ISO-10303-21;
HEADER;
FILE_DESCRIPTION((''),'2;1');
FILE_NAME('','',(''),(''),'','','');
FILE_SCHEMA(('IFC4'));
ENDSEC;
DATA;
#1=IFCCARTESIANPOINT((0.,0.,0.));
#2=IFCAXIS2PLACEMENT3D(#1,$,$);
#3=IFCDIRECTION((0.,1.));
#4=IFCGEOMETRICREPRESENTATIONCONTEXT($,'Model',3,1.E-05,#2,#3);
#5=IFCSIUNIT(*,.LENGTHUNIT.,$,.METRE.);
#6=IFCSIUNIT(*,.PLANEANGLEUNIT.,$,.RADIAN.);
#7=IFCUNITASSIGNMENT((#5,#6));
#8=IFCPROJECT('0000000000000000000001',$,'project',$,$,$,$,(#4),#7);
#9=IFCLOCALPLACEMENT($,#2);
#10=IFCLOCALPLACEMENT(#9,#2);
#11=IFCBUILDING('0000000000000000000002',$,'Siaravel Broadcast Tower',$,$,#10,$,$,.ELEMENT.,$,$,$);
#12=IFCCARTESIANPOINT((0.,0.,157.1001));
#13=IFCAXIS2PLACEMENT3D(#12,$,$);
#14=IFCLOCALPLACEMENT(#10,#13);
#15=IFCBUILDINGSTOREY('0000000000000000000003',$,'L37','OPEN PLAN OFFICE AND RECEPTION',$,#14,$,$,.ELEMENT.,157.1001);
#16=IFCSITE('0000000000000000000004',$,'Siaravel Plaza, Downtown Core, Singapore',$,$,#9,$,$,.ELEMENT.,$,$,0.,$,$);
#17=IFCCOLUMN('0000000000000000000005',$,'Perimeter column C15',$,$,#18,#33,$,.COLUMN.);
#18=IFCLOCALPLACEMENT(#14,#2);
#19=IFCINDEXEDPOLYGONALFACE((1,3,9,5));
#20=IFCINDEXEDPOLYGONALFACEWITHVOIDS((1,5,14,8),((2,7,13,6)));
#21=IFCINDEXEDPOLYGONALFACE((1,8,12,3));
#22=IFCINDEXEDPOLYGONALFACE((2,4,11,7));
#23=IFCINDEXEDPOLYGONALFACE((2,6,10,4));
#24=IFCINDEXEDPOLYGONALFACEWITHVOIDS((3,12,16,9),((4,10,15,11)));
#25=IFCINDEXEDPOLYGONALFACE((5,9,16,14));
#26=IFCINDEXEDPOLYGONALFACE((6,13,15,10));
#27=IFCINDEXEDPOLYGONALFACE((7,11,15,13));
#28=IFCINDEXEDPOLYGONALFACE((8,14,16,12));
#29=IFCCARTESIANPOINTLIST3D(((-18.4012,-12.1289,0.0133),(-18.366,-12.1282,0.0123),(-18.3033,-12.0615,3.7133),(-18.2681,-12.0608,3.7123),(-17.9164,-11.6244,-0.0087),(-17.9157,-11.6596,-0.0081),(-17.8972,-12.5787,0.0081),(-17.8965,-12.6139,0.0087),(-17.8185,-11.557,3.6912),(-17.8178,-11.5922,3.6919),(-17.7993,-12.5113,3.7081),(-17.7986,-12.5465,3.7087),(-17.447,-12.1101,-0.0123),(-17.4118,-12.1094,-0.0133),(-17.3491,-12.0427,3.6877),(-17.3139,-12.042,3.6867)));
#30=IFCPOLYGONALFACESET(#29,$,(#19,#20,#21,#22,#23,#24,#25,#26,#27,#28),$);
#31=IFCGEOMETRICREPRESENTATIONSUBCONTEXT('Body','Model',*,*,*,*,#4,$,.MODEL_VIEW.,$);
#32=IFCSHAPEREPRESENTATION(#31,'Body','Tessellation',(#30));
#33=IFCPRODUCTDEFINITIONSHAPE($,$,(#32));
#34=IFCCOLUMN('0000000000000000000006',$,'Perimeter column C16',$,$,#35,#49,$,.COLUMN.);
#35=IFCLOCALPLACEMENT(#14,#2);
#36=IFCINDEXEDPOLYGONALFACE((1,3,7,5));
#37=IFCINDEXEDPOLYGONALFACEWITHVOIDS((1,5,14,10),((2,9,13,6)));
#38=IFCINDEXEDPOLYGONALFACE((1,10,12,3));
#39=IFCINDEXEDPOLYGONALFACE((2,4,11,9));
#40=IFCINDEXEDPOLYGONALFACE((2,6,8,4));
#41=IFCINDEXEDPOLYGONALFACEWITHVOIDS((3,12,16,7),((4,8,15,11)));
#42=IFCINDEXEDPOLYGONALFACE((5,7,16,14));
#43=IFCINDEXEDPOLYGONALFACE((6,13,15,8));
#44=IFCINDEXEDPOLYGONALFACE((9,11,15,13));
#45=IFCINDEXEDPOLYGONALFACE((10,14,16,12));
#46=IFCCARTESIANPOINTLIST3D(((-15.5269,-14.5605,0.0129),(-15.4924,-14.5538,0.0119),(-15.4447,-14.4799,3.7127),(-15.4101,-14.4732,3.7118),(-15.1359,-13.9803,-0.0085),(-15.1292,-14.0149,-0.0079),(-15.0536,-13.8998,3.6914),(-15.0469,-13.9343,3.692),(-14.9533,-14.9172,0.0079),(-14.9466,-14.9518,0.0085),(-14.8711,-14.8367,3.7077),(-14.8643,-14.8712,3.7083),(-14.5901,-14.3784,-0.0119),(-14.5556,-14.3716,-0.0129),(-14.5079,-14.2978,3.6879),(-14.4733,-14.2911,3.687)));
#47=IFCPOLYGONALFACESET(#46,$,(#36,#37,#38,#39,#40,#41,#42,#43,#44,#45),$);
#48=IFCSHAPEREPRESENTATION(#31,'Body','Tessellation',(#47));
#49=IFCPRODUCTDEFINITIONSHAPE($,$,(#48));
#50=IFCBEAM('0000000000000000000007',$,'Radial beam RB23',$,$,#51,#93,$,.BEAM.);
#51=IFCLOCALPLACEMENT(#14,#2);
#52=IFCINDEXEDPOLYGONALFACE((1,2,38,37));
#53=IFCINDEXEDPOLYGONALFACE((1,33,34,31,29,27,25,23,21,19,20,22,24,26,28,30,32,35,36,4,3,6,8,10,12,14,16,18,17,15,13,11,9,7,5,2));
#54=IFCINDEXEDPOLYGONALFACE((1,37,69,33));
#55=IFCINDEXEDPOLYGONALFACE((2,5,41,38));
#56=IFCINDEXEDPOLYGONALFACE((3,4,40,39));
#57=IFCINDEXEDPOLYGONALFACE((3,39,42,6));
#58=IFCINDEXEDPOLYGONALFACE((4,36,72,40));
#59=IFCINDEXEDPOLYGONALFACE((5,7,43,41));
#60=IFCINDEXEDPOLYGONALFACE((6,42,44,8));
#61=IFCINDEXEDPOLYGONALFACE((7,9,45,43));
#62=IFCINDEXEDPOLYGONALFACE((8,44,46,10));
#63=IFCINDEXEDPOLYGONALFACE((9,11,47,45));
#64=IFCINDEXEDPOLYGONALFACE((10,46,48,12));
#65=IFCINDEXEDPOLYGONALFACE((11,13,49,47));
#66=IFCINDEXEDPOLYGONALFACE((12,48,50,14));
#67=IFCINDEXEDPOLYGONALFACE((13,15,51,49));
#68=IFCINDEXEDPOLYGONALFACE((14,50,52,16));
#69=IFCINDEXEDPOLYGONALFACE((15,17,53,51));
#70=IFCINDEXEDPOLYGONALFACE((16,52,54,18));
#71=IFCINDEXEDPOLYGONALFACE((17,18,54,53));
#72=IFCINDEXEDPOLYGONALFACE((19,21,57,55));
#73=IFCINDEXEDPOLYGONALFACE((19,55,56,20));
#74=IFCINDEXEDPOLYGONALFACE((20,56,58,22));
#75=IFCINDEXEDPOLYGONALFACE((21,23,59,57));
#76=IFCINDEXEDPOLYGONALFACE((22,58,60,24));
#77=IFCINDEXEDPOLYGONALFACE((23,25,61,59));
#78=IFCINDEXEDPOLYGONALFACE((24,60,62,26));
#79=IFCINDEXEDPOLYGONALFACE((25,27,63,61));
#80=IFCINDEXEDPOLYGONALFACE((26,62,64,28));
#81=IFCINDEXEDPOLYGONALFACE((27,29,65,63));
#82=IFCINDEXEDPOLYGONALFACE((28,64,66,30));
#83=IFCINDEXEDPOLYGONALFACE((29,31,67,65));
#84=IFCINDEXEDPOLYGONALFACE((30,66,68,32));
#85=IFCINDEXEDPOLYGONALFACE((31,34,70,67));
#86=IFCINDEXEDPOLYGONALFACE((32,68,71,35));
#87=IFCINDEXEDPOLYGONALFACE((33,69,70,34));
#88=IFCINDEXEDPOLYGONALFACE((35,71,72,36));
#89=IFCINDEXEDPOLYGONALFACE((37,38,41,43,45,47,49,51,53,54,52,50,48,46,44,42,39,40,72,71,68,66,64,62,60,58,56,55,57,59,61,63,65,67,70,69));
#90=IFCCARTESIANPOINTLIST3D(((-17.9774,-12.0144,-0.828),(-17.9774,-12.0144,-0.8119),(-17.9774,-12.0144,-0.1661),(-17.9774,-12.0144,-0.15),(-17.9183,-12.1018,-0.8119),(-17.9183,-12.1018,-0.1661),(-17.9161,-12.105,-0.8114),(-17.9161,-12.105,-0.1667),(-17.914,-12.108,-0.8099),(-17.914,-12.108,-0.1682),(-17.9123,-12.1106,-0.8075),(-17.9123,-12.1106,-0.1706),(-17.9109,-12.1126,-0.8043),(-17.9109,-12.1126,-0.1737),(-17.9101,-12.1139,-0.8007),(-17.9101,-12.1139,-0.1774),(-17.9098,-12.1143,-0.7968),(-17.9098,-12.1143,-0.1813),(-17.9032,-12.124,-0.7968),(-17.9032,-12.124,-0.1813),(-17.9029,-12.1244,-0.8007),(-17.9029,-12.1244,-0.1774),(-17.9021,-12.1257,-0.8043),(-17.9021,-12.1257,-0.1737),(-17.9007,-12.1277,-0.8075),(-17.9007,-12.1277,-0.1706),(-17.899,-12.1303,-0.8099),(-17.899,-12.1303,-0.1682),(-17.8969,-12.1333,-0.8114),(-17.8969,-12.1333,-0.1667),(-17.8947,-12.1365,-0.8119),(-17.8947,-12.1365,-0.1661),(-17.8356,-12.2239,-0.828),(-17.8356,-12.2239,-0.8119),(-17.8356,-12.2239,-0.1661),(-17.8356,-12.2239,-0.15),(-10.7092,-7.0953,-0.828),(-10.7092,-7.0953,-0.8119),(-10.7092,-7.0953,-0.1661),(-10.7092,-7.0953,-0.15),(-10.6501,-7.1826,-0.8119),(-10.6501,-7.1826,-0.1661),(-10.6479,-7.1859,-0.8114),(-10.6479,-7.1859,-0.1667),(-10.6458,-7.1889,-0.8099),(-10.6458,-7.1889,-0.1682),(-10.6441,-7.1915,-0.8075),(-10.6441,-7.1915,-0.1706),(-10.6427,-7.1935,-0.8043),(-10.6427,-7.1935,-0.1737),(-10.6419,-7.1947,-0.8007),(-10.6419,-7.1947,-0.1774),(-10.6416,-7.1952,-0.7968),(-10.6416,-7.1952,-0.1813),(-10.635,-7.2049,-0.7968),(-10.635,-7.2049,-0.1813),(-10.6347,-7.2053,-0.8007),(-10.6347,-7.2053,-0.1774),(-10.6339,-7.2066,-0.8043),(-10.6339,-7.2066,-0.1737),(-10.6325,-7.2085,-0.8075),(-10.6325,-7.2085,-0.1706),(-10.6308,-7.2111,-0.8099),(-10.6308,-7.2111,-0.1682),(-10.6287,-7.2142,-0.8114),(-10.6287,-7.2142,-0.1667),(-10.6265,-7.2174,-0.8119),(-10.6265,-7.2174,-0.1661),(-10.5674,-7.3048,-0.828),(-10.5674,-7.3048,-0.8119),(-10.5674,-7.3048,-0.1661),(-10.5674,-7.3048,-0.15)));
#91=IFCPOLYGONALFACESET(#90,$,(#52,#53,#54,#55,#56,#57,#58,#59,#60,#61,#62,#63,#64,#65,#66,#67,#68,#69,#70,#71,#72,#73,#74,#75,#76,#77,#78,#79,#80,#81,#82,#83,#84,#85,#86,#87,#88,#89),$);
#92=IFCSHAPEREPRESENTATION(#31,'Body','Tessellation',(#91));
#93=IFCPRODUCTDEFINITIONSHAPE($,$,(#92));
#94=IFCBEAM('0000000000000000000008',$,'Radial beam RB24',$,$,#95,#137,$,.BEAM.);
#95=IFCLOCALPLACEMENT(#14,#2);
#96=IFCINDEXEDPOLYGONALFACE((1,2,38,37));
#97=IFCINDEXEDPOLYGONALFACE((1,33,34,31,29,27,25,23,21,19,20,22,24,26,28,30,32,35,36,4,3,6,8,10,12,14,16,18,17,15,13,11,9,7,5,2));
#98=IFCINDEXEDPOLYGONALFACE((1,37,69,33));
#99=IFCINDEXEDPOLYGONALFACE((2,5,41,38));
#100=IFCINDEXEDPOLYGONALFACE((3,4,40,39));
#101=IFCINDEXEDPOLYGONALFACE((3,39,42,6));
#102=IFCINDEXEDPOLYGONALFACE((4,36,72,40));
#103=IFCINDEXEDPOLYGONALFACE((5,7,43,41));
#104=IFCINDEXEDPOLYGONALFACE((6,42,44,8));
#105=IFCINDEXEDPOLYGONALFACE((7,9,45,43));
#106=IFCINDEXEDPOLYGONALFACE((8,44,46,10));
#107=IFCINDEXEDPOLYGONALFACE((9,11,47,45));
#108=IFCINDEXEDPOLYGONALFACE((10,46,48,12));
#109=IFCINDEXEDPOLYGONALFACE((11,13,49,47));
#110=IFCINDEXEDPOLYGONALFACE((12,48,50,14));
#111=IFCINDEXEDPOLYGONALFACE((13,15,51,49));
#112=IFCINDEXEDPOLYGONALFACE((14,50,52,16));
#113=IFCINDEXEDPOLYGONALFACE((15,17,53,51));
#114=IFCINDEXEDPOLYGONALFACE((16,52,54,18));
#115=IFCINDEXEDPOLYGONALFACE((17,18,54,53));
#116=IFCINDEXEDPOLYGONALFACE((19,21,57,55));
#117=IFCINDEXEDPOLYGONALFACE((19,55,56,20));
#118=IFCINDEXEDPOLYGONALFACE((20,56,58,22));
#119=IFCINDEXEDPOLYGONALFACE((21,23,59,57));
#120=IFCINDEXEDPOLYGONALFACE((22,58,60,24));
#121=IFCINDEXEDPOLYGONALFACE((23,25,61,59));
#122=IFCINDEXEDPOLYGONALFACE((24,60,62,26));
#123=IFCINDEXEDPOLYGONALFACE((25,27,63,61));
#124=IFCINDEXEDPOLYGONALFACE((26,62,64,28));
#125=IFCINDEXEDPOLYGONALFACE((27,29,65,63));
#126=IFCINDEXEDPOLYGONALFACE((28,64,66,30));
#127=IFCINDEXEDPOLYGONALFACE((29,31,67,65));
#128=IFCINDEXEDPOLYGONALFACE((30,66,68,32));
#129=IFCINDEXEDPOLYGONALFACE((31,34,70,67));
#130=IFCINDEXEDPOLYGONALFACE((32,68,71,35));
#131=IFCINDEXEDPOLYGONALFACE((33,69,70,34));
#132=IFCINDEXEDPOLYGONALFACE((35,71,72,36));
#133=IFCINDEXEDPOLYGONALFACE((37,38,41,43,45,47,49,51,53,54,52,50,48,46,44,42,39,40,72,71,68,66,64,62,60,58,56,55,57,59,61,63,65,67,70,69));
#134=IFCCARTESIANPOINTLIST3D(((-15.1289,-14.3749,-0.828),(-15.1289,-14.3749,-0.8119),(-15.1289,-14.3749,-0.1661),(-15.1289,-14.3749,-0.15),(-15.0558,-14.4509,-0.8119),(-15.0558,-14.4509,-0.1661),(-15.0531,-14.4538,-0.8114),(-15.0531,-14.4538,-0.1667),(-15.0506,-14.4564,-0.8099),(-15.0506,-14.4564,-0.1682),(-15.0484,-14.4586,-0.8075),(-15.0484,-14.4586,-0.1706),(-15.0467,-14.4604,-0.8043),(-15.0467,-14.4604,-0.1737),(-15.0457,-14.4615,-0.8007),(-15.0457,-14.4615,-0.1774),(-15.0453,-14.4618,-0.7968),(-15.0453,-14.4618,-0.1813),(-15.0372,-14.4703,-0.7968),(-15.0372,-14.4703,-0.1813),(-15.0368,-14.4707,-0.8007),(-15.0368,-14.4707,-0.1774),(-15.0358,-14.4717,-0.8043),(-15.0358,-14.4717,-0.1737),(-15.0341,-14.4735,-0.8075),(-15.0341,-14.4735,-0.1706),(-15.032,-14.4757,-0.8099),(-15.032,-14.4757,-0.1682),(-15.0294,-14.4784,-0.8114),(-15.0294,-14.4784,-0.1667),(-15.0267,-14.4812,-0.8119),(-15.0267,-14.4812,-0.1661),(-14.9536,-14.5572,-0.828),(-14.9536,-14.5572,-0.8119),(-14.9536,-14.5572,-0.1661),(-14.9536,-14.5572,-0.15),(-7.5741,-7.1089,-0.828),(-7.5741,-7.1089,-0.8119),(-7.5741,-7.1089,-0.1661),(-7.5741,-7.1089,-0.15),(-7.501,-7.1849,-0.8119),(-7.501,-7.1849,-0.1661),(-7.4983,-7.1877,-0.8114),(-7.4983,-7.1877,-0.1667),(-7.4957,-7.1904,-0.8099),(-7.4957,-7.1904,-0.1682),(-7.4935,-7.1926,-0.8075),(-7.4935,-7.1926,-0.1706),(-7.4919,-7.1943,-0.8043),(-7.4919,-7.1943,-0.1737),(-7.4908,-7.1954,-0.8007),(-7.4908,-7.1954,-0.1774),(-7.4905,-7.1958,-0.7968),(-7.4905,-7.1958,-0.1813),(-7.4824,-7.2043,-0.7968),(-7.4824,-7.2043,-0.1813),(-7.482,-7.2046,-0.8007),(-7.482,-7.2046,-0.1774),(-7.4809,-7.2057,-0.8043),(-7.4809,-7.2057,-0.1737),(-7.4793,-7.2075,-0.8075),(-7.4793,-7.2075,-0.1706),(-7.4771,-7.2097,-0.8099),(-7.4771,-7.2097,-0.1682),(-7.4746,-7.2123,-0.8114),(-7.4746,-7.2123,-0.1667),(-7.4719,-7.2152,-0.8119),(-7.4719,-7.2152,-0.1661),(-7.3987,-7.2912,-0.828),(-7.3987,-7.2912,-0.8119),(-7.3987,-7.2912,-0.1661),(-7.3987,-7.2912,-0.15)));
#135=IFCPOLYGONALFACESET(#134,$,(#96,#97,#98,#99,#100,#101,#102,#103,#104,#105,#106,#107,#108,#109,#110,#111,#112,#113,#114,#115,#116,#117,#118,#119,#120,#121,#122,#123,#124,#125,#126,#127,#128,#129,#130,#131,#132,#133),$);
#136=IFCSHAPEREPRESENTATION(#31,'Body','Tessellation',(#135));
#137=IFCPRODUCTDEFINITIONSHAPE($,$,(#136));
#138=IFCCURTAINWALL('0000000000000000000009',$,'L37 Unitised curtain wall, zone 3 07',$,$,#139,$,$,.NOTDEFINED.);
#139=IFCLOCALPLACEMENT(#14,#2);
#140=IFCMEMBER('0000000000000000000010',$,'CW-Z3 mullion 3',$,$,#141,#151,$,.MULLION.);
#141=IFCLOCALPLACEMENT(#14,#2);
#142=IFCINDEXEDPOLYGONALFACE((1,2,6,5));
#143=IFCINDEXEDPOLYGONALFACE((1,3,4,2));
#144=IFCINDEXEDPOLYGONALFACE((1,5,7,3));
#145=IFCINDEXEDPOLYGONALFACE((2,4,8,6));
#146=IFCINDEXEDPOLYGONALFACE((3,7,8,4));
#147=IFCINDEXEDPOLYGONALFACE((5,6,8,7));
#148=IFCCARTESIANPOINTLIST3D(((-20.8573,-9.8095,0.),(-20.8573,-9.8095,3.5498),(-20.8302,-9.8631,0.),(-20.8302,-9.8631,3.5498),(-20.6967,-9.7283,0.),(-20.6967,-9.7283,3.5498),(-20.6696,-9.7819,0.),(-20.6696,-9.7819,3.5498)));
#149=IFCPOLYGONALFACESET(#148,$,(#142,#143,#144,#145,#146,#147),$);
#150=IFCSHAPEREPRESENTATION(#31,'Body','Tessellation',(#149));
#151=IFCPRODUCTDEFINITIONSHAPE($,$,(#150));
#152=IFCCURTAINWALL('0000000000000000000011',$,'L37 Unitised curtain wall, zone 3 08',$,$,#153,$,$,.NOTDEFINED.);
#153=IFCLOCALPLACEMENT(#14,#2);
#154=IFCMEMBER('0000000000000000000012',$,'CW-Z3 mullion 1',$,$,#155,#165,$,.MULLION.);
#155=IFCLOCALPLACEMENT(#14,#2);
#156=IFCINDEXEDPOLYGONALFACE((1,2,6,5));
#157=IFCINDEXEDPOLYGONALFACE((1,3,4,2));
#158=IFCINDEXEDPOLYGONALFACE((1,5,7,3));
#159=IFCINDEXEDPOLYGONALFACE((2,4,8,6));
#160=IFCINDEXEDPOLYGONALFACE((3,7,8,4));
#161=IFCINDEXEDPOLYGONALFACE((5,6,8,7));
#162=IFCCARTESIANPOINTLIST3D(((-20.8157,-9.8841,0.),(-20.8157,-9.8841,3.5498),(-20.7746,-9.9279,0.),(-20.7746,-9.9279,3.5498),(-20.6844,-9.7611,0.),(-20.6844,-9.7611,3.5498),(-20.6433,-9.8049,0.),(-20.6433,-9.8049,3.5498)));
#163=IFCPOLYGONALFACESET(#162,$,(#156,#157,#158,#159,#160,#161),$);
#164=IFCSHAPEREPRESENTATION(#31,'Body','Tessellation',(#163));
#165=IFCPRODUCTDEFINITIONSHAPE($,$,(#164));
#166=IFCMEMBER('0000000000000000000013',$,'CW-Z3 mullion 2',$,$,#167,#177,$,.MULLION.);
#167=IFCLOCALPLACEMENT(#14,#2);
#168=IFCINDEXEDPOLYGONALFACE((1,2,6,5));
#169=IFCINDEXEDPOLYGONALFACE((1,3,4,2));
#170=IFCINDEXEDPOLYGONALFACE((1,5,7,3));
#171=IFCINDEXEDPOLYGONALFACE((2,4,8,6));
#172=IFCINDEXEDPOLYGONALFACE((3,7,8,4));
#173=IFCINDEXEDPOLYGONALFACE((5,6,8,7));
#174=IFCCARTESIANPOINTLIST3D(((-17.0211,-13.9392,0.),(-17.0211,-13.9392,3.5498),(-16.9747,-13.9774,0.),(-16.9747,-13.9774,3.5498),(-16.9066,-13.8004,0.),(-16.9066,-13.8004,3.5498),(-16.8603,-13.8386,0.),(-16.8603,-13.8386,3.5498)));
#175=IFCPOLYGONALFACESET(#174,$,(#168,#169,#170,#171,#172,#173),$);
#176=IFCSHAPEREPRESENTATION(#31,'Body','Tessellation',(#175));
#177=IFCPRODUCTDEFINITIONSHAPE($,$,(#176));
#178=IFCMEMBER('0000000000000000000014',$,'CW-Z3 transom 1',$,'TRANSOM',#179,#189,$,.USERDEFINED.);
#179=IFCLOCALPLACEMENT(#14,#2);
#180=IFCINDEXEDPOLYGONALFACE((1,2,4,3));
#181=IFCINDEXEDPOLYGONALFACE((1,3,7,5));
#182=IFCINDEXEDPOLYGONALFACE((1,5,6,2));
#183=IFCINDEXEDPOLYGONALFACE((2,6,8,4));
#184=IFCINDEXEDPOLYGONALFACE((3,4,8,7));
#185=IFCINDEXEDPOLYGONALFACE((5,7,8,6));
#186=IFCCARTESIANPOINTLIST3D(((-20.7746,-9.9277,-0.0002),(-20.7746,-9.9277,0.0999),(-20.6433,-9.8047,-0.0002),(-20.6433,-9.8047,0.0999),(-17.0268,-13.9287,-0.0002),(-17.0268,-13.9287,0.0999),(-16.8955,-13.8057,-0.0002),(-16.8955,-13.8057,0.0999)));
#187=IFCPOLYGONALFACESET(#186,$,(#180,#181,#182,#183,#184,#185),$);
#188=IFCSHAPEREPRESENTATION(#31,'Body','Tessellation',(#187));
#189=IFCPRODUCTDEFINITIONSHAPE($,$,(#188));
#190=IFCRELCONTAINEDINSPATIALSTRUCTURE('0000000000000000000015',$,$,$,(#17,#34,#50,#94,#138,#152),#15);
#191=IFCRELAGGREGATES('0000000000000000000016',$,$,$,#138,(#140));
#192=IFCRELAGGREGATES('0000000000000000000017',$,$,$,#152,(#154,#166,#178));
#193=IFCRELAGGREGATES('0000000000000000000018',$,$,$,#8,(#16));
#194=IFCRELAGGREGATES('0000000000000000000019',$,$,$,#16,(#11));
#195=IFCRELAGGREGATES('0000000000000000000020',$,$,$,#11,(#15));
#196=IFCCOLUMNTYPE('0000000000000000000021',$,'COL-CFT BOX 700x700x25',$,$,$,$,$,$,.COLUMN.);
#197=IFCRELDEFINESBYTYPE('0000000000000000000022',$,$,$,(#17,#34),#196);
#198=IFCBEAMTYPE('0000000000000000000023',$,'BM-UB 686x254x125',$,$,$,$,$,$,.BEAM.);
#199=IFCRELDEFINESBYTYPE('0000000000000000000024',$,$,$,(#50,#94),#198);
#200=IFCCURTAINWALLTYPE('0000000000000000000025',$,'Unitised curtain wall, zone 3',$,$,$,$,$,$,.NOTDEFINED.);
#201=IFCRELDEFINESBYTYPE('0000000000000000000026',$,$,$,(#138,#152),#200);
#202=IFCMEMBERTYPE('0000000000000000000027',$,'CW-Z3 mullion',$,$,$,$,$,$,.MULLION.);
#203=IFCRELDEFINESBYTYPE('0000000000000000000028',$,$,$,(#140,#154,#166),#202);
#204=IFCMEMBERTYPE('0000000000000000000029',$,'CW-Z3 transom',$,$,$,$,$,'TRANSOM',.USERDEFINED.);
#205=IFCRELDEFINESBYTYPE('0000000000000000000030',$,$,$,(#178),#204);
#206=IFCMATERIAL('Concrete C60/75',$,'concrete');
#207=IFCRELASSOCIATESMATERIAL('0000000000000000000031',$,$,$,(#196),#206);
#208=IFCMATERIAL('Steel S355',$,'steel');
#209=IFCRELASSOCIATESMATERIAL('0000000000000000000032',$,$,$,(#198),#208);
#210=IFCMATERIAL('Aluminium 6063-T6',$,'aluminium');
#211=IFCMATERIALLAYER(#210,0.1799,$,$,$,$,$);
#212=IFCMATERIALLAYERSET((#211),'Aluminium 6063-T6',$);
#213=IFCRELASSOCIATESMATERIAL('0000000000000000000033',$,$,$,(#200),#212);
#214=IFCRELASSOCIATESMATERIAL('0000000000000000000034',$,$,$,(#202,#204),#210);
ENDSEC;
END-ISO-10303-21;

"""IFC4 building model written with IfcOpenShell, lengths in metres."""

from ifc_helpers import new_model, si_unit, direction, frame, origin, origin_2d, place, context, subcontext, project, spatial, rectangle, hollow_rectangle, i_section, extrude, material, layer, layer_set, material_profile, profile_set, type_object, element, aggregate, save


model = new_model("IFC4")

# Units and contexts
model_context = context("Model", 3, precision=1e-05, world=origin(), true_north=direction((0.0, 1.0)))
body_context = subcontext(model_context, "Body", "Model", "MODEL_VIEW")
ifc_project = project(units=[si_unit("LENGTHUNIT", "METRE"), si_unit("PLANEANGLEUNIT", "RADIAN")], contexts=[model_context])

# Site, building, storey
site_placement = place(None, origin())
site = spatial("IfcSite", under=ifc_project, at=site_placement, Name="Siaravel Plaza, Downtown Core, Singapore", CompositionType="ELEMENT", RefElevation=0.0)
building_placement = place(site_placement, origin())
building = spatial("IfcBuilding", under=site, at=building_placement, Name="Siaravel Broadcast Tower", CompositionType="ELEMENT")
storey_placement = place(building_placement, frame((0.0, 0.0, 157.1001)))
storey = spatial("IfcBuildingStorey", under=building, at=storey_placement, Name="L37", Description="OPEN PLAN OFFICE AND RECEPTION", CompositionType="ELEMENT", Elevation=157.1001)

# Columns
ifc_material_1 = material(Name="Concrete C60/75", Category="concrete")
ifc_material_profile_1 = material_profile(ifc_material_1, hollow_rectangle(XDim=0.7, YDim=0.7, WallThickness=0.0249, at=origin_2d()))
ifc_profile_set_1 = profile_set([ifc_material_profile_1], Name="Concrete C60/75")
column_type = type_object("IfcColumnType", Name="COL-CFT BOX 700x700x25", PredefinedType="COLUMN", material=ifc_profile_set_1)
column_1_placement = place(storey_placement, frame((-17.9065, -12.1191, 0.0), z_axis=(0.026446, 0.018202, 0.999484), x_axis=(-0.720936, 0.692972, 0.006456)))
element("IfcColumn", 1, at=column_1_placement, inside=storey, type_object=column_type, Name="Perimeter column C15", PredefinedType="COLUMN", context=body_context, shape_type="SweptSolid", body=[
    extrude(hollow_rectangle(XDim=0.7, YDim=0.7, WallThickness=0.0249, at=origin_2d()), origin(), (0.0, 0.0, 1.0), 3.7019),
])
column_2_placement = place(storey_placement, frame((-15.0413, -14.4661, 0.0), z_axis=(0.022226, 0.021764, 0.999516), x_axis=(-0.829102, 0.559063, 0.006263)))
element("IfcColumn", 2, at=column_2_placement, inside=storey, type_object=column_type, Name="Perimeter column C16", PredefinedType="COLUMN", context=body_context, shape_type="SweptSolid", body=[
    extrude(hollow_rectangle(XDim=0.7, YDim=0.7, WallThickness=0.0249, at=origin_2d()), origin(), (0.0, 0.0, 1.0), 3.7017),
])

# Beams
ifc_material_2 = material(Name="Steel S355", Category="steel")
ifc_material_profile_2 = material_profile(ifc_material_2, i_section(OverallWidth=0.2529, OverallDepth=0.678, WebThickness=0.0117, FlangeThickness=0.0161, FilletRadius=0.0151, at=origin_2d()))
ifc_profile_set_2 = profile_set([ifc_material_profile_2], Name="Steel S355")
beam_type = type_object("IfcBeamType", Name="BM-UB 686x254x125", PredefinedType="BEAM", material=ifc_profile_set_2)
beam_1_placement = place(storey_placement, frame((-17.9065, -12.1191, -0.489), z_axis=(0.828157, 0.560496, 0.0), x_axis=(-0.560496, 0.828157, 0.0)))
element("IfcBeam", 3, at=beam_1_placement, inside=storey, type_object=beam_type, Name="Radial beam RB23", PredefinedType="BEAM", context=body_context, shape_type="SweptSolid", body=[
    extrude(i_section(OverallWidth=0.2529, OverallDepth=0.678, WebThickness=0.0117, FlangeThickness=0.0161, FilletRadius=0.0151, at=origin_2d()), origin(), (0.0, 0.0, 1.0), 8.7764),
])
beam_2_placement = place(storey_placement, frame((-15.0413, -14.4661, -0.489), z_axis=(0.720749, 0.693196, 0.0), x_axis=(-0.693196, 0.720749, 0.0)))
element("IfcBeam", 4, at=beam_2_placement, inside=storey, type_object=beam_type, Name="Radial beam RB24", PredefinedType="BEAM", context=body_context, shape_type="SweptSolid", body=[
    extrude(i_section(OverallWidth=0.2529, OverallDepth=0.678, WebThickness=0.0117, FlangeThickness=0.0161, FilletRadius=0.0151, at=origin_2d()), origin(), (0.0, 0.0, 1.0), 10.4819),
])

# Curtain wall, member
ifc_material_3 = material(Name="Aluminium 6063-T6", Category="aluminium")
ifc_layer_1 = layer(ifc_material_3, 0.1799)
ifc_layer_set_1 = layer_set([ifc_layer_1], Name="Aluminium 6063-T6")
curtain_wall_type = type_object("IfcCurtainWallType", Name="Unitised curtain wall, zone 3", PredefinedType="NOTDEFINED", material=ifc_layer_set_1)
curtain_wall_1_placement = place(storey_placement, origin())
curtain_wall_1 = element("IfcCurtainWall", 5, at=curtain_wall_1_placement, inside=storey, type_object=curtain_wall_type, Name="L37 Unitised curtain wall, zone 3 07", PredefinedType="NOTDEFINED")
ifc_material_profile_3 = material_profile(ifc_material_3, rectangle(XDim=0.1799, YDim=0.0601, at=origin_2d()))
ifc_profile_set_3 = profile_set([ifc_material_profile_3], Name="Aluminium 6063-T6")
member_type_1 = type_object("IfcMemberType", Name="CW-Z3 mullion", PredefinedType="MULLION", material=ifc_profile_set_3)
member_1_placement = place(storey_placement, frame((-20.7634, -9.7957, 0.0), z_axis=(0.0, 0.0, 1.0), x_axis=(0.892393, 0.45126, 0.0)))
member_1 = element("IfcMember", 6, at=member_1_placement, type_object=member_type_1, Name="CW-Z3 mullion 3", PredefinedType="MULLION", context=body_context, shape_type="SweptSolid", body=[
    extrude(rectangle(XDim=0.1799, YDim=0.0601, at=origin_2d()), origin(), (0.0, 0.0, 1.0), 3.5498),
])
aggregate(curtain_wall_1, [member_1])

# Curtain wall, members
curtain_wall_2_placement = place(storey_placement, origin())
curtain_wall_2 = element("IfcCurtainWall", 7, at=curtain_wall_2_placement, inside=storey, type_object=curtain_wall_type, Name="L37 Unitised curtain wall, zone 3 08", PredefinedType="NOTDEFINED")
member_2_placement = place(storey_placement, frame((-20.7295, -9.8445, 0.0), z_axis=(0.0, 0.0, 1.0), x_axis=(0.729806, 0.683654, 0.0)))
member_2 = element("IfcMember", 8, at=member_2_placement, type_object=member_type_1, Name="CW-Z3 mullion 1", PredefinedType="MULLION", context=body_context, shape_type="SweptSolid", body=[
    extrude(rectangle(XDim=0.1799, YDim=0.0601, at=origin_2d()), origin(), (0.0, 0.0, 1.0), 3.5498),
])
member_3_placement = place(storey_placement, frame((-16.9407, -13.8889, 0.0), z_axis=(0.0, 0.0, 1.0), x_axis=(0.63622, 0.771508, 0.0)))
member_3 = element("IfcMember", 9, at=member_3_placement, type_object=member_type_1, Name="CW-Z3 mullion 2", PredefinedType="MULLION", context=body_context, shape_type="SweptSolid", body=[
    extrude(rectangle(XDim=0.1799, YDim=0.0601, at=origin_2d()), origin(), (0.0, 0.0, 1.0), 3.5498),
])
ifc_material_profile_4 = material_profile(ifc_material_3, rectangle(XDim=0.1799, YDim=0.1001, at=origin_2d()))
ifc_profile_set_4 = profile_set([ifc_material_profile_4], Name="Aluminium 6063-T6")
member_type_2 = type_object("IfcMemberType", Name="CW-Z3 transom", ElementType="TRANSOM", PredefinedType="USERDEFINED", material=ifc_profile_set_4)
member_4_placement = place(storey_placement, frame((-20.709, -9.8662, 0.0498), z_axis=(0.683639, -0.72982, 0.0), x_axis=(0.72982, 0.683639, 0.0)))
member_4 = element("IfcMember", 10, at=member_4_placement, type_object=member_type_2, Name="CW-Z3 transom 1", ObjectType="TRANSOM", PredefinedType="USERDEFINED", context=body_context, shape_type="SweptSolid", body=[
    extrude(rectangle(XDim=0.1799, YDim=0.1001, at=origin_2d()), origin(), (0.0, 0.0, 1.0), 5.4822),
])

aggregate(curtain_wall_2, [member_2, member_3, member_4])

save(model, "model.ifc")
